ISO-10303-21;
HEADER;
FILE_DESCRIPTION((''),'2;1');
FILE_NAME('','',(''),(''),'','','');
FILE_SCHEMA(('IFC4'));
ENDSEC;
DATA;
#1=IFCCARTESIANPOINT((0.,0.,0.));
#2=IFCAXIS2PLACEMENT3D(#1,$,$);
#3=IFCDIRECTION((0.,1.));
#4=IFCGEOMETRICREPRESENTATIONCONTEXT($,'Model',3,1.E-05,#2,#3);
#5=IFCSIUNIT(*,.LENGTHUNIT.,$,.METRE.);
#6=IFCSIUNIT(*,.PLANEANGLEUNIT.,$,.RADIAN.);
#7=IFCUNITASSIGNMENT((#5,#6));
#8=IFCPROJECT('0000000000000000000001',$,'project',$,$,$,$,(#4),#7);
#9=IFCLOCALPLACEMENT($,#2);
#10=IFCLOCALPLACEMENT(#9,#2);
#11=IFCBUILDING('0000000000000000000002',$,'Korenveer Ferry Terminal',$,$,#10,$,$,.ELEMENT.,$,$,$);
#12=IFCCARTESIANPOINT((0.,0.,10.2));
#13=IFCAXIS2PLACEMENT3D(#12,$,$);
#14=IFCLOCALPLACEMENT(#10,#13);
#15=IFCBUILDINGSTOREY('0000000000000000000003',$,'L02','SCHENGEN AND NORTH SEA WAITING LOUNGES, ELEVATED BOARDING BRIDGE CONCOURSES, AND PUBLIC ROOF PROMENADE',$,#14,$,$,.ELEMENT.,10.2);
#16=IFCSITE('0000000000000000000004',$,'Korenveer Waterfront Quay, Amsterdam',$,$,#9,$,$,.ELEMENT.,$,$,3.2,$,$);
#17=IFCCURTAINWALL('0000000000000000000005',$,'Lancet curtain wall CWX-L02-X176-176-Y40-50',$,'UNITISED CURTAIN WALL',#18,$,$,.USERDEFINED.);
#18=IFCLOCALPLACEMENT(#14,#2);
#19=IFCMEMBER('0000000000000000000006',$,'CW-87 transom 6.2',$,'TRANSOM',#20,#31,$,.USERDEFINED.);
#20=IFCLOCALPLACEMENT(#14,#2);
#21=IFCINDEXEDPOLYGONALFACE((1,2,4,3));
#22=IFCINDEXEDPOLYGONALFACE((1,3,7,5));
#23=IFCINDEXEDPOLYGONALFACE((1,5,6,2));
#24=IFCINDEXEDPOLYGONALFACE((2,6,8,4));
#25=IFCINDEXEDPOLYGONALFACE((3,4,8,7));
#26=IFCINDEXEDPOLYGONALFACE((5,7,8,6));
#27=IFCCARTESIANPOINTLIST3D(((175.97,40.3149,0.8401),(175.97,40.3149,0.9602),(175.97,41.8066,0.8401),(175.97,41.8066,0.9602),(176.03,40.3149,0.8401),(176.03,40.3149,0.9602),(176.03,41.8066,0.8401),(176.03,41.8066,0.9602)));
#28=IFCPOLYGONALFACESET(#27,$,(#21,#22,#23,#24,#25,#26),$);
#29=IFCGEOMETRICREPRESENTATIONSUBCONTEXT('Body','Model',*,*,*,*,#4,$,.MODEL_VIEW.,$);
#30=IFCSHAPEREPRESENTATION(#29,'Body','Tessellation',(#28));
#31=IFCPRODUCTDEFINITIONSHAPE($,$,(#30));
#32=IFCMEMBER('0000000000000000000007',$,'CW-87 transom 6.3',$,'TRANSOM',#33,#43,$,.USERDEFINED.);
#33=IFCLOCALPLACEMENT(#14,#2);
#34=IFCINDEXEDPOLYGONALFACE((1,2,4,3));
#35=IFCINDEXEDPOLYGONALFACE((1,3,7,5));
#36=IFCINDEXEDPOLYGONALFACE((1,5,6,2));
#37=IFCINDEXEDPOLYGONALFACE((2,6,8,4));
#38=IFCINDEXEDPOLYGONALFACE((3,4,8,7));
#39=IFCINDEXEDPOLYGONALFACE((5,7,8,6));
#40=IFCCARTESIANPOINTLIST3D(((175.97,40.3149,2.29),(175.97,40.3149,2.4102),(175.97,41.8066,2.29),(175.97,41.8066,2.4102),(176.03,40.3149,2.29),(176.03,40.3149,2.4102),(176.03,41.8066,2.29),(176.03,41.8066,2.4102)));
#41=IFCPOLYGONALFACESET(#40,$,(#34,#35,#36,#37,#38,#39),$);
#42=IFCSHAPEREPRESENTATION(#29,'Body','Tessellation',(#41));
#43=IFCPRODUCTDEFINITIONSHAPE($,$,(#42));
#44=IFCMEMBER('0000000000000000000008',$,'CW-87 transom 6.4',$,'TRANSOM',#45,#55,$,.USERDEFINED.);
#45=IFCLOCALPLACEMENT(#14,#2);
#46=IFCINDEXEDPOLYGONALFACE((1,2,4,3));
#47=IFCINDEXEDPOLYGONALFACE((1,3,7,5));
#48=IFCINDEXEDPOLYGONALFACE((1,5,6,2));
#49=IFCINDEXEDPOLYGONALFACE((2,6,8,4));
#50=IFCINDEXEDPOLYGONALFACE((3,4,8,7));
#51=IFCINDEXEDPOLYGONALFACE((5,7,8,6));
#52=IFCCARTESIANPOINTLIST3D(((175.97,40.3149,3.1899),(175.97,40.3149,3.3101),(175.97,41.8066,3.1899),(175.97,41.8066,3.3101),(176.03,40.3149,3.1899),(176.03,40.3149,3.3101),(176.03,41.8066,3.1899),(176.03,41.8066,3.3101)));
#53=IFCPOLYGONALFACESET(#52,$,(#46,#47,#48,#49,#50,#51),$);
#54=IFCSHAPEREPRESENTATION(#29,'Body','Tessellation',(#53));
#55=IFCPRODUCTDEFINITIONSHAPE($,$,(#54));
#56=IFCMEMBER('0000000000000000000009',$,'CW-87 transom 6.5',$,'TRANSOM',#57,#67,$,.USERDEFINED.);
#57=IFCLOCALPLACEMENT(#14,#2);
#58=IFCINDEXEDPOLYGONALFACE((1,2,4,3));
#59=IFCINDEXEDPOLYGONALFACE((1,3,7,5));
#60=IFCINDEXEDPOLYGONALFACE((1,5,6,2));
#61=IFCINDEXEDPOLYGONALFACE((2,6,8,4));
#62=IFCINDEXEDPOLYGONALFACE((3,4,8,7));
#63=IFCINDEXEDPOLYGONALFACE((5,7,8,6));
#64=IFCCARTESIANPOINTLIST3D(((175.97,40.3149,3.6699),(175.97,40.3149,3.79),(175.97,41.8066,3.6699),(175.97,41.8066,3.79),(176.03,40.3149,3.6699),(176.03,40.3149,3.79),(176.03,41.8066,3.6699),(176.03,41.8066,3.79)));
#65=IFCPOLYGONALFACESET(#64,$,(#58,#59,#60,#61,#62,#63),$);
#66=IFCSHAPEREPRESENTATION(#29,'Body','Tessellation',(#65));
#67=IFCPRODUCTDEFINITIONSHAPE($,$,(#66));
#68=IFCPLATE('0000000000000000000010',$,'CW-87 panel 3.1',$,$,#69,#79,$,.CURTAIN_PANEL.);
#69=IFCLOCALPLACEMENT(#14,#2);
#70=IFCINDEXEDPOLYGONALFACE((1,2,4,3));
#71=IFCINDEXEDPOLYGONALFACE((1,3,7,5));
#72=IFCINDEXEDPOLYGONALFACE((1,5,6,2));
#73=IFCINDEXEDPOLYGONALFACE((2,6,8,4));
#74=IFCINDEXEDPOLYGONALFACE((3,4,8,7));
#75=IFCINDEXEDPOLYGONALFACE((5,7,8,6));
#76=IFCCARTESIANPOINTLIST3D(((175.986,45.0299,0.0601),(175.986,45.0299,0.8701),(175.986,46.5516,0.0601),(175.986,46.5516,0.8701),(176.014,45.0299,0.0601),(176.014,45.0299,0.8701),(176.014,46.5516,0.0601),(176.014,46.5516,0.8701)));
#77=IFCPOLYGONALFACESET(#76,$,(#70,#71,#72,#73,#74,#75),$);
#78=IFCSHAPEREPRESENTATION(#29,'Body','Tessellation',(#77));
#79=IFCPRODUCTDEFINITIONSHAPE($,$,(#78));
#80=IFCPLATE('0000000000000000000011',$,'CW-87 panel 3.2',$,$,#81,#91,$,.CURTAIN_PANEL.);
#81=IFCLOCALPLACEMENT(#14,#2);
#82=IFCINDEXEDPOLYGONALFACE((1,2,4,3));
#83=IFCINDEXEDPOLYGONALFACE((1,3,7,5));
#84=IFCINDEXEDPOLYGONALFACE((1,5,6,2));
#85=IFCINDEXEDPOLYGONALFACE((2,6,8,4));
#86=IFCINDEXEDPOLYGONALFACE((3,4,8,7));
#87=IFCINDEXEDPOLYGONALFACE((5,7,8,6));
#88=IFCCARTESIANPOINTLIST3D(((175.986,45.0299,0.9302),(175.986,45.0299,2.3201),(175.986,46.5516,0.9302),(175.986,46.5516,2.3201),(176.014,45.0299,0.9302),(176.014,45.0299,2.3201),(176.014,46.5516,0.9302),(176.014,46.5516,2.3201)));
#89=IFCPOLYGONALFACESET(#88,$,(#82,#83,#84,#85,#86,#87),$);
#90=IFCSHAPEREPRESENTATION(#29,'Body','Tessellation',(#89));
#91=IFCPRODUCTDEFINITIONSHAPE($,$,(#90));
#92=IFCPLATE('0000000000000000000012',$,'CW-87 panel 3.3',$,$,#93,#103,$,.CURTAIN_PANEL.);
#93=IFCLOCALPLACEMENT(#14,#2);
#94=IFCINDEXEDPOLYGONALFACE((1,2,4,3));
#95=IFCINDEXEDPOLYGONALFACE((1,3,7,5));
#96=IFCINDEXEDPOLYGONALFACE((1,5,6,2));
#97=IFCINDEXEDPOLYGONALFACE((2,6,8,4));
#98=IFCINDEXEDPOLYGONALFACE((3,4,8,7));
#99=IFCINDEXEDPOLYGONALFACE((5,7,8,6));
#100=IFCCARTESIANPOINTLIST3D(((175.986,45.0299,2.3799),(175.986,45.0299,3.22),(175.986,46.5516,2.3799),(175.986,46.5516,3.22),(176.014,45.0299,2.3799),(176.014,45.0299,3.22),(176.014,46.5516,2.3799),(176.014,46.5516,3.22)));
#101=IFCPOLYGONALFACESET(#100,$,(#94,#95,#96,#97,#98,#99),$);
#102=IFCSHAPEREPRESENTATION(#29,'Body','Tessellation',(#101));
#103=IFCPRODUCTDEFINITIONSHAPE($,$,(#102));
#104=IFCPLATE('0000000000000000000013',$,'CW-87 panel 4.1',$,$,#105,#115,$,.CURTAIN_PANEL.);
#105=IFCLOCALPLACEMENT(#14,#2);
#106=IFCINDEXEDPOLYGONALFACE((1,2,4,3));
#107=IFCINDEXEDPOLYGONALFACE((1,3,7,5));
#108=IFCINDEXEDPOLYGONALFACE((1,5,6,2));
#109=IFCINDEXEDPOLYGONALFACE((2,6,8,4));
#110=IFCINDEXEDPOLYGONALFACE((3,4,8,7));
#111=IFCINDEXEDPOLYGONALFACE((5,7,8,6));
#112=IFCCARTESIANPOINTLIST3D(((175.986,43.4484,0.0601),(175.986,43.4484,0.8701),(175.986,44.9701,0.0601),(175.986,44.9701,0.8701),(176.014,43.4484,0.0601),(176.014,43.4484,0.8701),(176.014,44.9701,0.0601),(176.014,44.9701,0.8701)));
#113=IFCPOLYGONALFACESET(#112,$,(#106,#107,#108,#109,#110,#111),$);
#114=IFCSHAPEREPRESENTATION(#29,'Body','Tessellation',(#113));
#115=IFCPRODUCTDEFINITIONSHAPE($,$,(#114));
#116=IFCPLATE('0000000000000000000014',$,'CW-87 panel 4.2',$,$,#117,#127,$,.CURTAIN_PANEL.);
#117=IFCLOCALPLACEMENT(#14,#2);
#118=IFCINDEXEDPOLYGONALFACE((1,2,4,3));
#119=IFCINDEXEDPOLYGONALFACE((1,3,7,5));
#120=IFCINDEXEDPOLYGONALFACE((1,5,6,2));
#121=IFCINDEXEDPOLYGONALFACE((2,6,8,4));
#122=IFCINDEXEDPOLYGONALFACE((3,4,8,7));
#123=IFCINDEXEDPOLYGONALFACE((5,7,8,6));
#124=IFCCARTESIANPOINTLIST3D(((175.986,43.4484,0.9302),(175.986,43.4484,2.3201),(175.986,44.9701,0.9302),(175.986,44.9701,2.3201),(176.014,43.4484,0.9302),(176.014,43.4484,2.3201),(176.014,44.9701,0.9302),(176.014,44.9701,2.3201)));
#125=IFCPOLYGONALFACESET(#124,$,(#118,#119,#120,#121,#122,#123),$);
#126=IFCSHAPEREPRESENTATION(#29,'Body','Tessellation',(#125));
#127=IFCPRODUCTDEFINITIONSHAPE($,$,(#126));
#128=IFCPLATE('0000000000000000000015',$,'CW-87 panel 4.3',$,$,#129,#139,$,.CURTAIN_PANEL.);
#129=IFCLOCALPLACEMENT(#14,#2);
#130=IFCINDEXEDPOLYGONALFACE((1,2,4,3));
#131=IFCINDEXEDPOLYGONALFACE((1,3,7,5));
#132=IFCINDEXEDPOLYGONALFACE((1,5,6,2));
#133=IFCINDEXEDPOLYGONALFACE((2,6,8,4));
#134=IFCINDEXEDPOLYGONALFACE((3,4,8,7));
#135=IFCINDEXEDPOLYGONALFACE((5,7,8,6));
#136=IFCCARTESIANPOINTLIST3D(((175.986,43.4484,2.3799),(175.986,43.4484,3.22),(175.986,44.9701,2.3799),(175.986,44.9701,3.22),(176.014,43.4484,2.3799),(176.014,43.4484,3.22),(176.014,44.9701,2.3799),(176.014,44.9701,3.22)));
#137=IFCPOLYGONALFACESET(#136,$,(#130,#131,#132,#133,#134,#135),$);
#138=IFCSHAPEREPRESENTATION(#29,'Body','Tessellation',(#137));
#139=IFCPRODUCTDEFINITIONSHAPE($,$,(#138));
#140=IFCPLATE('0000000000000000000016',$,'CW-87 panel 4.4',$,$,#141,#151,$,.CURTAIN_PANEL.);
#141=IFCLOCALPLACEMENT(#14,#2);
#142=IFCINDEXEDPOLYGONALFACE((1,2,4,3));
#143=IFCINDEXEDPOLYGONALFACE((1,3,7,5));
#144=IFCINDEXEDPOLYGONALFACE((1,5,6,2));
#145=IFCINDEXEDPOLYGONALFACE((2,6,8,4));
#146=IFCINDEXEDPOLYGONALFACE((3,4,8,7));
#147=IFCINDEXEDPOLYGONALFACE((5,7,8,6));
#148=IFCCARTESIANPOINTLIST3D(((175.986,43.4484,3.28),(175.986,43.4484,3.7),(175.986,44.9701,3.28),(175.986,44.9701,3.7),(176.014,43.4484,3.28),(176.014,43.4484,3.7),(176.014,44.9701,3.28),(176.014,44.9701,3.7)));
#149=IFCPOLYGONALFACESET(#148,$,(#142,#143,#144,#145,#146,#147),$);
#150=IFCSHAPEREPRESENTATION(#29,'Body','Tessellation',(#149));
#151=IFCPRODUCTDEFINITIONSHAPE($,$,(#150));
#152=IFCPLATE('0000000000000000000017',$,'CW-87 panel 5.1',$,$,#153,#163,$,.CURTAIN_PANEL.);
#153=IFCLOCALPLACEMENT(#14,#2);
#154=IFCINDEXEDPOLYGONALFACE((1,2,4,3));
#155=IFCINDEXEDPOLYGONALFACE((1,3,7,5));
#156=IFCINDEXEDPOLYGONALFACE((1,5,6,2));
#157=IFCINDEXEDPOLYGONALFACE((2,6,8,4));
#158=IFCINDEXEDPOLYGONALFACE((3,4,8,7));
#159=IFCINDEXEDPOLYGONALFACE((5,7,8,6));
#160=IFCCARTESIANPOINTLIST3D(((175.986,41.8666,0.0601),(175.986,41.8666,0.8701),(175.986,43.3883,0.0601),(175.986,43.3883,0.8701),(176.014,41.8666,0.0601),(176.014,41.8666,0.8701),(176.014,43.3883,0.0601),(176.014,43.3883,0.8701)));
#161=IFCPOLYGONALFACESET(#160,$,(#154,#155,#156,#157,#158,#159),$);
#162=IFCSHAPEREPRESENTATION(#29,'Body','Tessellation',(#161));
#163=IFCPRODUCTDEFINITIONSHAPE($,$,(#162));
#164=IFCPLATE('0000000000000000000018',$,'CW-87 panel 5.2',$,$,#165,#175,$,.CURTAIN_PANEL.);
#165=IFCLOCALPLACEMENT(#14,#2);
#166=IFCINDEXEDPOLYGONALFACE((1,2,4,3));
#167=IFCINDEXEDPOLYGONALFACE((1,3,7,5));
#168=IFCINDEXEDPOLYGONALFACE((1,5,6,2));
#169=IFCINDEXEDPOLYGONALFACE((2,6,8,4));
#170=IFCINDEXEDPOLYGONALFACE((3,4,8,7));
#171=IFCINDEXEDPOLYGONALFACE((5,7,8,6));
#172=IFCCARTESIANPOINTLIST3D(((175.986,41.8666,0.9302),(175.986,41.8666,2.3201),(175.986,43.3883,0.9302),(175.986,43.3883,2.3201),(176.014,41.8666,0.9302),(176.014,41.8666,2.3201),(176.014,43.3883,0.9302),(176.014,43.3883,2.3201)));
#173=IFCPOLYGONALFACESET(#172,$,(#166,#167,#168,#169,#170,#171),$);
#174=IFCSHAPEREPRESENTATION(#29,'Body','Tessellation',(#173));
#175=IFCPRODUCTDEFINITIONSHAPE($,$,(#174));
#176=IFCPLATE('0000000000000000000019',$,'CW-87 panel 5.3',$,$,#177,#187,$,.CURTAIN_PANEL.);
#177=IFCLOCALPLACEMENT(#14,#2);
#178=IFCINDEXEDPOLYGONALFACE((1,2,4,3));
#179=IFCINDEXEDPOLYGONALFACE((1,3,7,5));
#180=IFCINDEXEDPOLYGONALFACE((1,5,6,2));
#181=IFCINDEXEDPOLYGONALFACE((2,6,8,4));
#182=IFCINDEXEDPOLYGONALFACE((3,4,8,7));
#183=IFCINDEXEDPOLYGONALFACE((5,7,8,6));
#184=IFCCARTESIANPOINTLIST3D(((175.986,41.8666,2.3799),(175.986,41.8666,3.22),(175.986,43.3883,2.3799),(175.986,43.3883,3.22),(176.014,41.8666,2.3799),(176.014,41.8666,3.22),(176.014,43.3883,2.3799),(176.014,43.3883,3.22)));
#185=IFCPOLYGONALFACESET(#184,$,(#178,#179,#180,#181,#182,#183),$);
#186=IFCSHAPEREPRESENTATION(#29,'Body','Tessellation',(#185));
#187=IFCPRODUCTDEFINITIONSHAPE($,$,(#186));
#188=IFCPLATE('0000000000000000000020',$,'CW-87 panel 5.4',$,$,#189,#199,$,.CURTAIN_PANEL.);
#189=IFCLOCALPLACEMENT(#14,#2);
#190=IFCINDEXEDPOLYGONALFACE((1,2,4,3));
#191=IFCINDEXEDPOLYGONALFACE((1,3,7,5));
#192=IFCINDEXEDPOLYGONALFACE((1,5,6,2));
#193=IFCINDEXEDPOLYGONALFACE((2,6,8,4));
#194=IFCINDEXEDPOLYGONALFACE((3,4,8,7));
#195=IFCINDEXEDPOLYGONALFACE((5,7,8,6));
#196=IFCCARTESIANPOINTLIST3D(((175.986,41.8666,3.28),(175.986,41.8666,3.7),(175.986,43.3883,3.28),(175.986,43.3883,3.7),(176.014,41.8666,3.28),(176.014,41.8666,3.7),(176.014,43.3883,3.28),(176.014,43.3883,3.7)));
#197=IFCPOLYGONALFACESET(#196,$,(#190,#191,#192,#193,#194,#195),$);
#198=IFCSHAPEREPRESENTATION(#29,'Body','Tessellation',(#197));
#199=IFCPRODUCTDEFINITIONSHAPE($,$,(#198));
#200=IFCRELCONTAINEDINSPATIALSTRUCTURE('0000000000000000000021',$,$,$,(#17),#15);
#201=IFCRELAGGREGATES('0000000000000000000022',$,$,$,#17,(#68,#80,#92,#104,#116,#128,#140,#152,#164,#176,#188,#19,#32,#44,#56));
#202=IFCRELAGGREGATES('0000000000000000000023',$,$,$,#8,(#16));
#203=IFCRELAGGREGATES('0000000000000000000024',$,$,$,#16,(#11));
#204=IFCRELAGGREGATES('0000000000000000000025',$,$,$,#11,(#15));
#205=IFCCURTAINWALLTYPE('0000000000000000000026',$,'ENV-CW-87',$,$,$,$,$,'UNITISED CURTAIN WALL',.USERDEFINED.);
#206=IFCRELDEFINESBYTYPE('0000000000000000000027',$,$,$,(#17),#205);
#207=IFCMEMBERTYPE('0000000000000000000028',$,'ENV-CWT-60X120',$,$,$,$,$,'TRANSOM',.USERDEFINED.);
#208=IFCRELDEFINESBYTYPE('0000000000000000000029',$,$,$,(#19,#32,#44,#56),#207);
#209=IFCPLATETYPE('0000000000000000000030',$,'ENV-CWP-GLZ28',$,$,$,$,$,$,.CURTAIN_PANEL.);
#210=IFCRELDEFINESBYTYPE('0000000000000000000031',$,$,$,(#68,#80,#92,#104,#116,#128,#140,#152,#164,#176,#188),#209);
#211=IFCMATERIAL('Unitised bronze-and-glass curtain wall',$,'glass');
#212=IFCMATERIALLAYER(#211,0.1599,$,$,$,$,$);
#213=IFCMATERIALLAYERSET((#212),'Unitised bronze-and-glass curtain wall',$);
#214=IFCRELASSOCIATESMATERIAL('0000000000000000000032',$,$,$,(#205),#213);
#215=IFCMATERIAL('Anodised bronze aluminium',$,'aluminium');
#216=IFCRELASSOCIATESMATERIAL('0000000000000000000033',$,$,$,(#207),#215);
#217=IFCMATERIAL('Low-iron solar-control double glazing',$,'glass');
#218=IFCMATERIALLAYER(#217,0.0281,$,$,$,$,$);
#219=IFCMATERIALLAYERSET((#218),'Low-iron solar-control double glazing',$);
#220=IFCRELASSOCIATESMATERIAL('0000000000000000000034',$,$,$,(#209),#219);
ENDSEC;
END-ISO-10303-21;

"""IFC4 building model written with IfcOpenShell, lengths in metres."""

from ifc_helpers import new_model, si_unit, direction, frame, origin, origin_2d, place, context, subcontext, project, spatial, rectangle, extrude, material, layer, layer_set, material_profile, profile_set, type_object, element, aggregate, save


model = new_model("IFC4")

# Units and contexts
model_context = context("Model", 3, precision=1e-05, world=origin(), true_north=direction((0.0, 1.0)))
body_context = subcontext(model_context, "Body", "Model", "MODEL_VIEW")
ifc_project = project(units=[si_unit("LENGTHUNIT", "METRE"), si_unit("PLANEANGLEUNIT", "RADIAN")], contexts=[model_context])

# Site, building, storey
site_placement = place(None, origin())
site = spatial("IfcSite", under=ifc_project, at=site_placement, Name="Korenveer Waterfront Quay, Amsterdam", CompositionType="ELEMENT", RefElevation=3.2)
building_placement = place(site_placement, origin())
building = spatial("IfcBuilding", under=site, at=building_placement, Name="Korenveer Ferry Terminal", CompositionType="ELEMENT")
storey_placement = place(building_placement, frame((0.0, 0.0, 10.2)))
storey = spatial("IfcBuildingStorey", under=building, at=storey_placement, Name="L02", Description="SCHENGEN AND NORTH SEA WAITING LOUNGES, ELEVATED BOARDING BRIDGE CONCOURSES, AND PUBLIC ROOF PROMENADE", CompositionType="ELEMENT", Elevation=10.2)

# Curtain wall, members, plates
ifc_material_1 = material(Name="Unitised bronze-and-glass curtain wall", Category="glass")
ifc_layer_1 = layer(ifc_material_1, 0.1599)
ifc_layer_set_1 = layer_set([ifc_layer_1], Name="Unitised bronze-and-glass curtain wall")
curtain_wall_type = type_object("IfcCurtainWallType", Name="ENV-CW-87", ElementType="UNITISED CURTAIN WALL", PredefinedType="USERDEFINED", material=ifc_layer_set_1)
curtain_wall_placement = place(storey_placement, frame((176.0, 49.7451, 0.0)))
curtain_wall = element("IfcCurtainWall", 1, at=curtain_wall_placement, inside=storey, type_object=curtain_wall_type, Name="Lancet curtain wall CWX-L02-X176-176-Y40-50", ObjectType="UNITISED CURTAIN WALL", PredefinedType="USERDEFINED")
ifc_material_2 = material(Name="Anodised bronze aluminium", Category="aluminium")
ifc_material_profile_1 = material_profile(ifc_material_2, rectangle(XDim=0.0601, YDim=0.1201, at=origin_2d()), Name="ALU 60x120")
ifc_profile_set_1 = profile_set([ifc_material_profile_1], Name="Anodised bronze aluminium")
member_type_1 = type_object("IfcMemberType", Name="ENV-CWT-60X120", ElementType="TRANSOM", PredefinedType="USERDEFINED", material=ifc_profile_set_1)
member_1_placement = place(storey_placement, frame((176.0, 41.8066, 0.9001), z_axis=(0.0, -1.0, 0.0), x_axis=(1.0, 0.0, 0.0)))
member_1 = element("IfcMember", 2, at=member_1_placement, type_object=member_type_1, Name="CW-87 transom 6.2", ObjectType="TRANSOM", PredefinedType="USERDEFINED", context=body_context, shape_type="SweptSolid", body=[
    extrude(rectangle(XDim=0.0601, YDim=0.1201, at=origin_2d()), origin(), (0.0, 0.0, 1.0), 1.4917),
])
member_2_placement = place(storey_placement, frame((176.0, 41.8066, 2.3501), z_axis=(0.0, -1.0, 0.0), x_axis=(1.0, 0.0, 0.0)))
member_2 = element("IfcMember", 3, at=member_2_placement, type_object=member_type_1, Name="CW-87 transom 6.3", ObjectType="TRANSOM", PredefinedType="USERDEFINED", context=body_context, shape_type="SweptSolid", body=[
    extrude(rectangle(XDim=0.0601, YDim=0.1201, at=origin_2d()), origin(), (0.0, 0.0, 1.0), 1.4917),
])
member_3_placement = place(storey_placement, frame((176.0, 41.8066, 3.25), z_axis=(0.0, -1.0, 0.0), x_axis=(1.0, 0.0, 0.0)))
member_3 = element("IfcMember", 4, at=member_3_placement, type_object=member_type_1, Name="CW-87 transom 6.4", ObjectType="TRANSOM", PredefinedType="USERDEFINED", context=body_context, shape_type="SweptSolid", body=[
    extrude(rectangle(XDim=0.0601, YDim=0.1201, at=origin_2d()), origin(), (0.0, 0.0, 1.0), 1.4917),
])
member_4_placement = place(storey_placement, frame((176.0, 41.8066, 3.73), z_axis=(0.0, -1.0, 0.0), x_axis=(1.0, 0.0, 0.0)))
member_4 = element("IfcMember", 5, at=member_4_placement, type_object=member_type_1, Name="CW-87 transom 6.5", ObjectType="TRANSOM", PredefinedType="USERDEFINED", context=body_context, shape_type="SweptSolid", body=[
    extrude(rectangle(XDim=0.0601, YDim=0.1201, at=origin_2d()), origin(), (0.0, 0.0, 1.0), 1.4917),
])
ifc_material_3 = material(Name="Low-iron solar-control double glazing", Category="glass")
ifc_layer_2 = layer(ifc_material_3, 0.0281)
ifc_layer_set_2 = layer_set([ifc_layer_2], Name="Low-iron solar-control double glazing")
plate_type_1 = type_object("IfcPlateType", Name="ENV-CWP-GLZ28", PredefinedType="CURTAIN_PANEL", material=ifc_layer_set_2)
plate_1_placement = place(storey_placement, frame((176.0, 45.7908, 0.0601), z_axis=(0.0, 0.0, 1.0), x_axis=(0.0, -1.0, 0.0)))
plate_1 = element("IfcPlate", 6, at=plate_1_placement, type_object=plate_type_1, Name="CW-87 panel 3.1", PredefinedType="CURTAIN_PANEL", context=body_context, shape_type="SweptSolid", body=[
    extrude(rectangle(XDim=1.5217, YDim=0.0281, at=origin_2d()), origin(), (0.0, 0.0, 1.0), 0.8101),
])
plate_2_placement = place(storey_placement, frame((176.0, 45.7908, 0.9302), z_axis=(0.0, 0.0, 1.0), x_axis=(0.0, -1.0, 0.0)))
plate_2 = element("IfcPlate", 7, at=plate_2_placement, type_object=plate_type_1, Name="CW-87 panel 3.2", PredefinedType="CURTAIN_PANEL", context=body_context, shape_type="SweptSolid", body=[
    extrude(rectangle(XDim=1.5217, YDim=0.0281, at=origin_2d()), origin(), (0.0, 0.0, 1.0), 1.3899),
])
plate_3_placement = place(storey_placement, frame((176.0, 45.7908, 2.3799), z_axis=(0.0, 0.0, 1.0), x_axis=(0.0, -1.0, 0.0)))
plate_3 = element("IfcPlate", 8, at=plate_3_placement, type_object=plate_type_1, Name="CW-87 panel 3.3", PredefinedType="CURTAIN_PANEL", context=body_context, shape_type="SweptSolid", body=[
    extrude(rectangle(XDim=1.5217, YDim=0.0281, at=origin_2d()), origin(), (0.0, 0.0, 1.0), 0.8401),
])
plate_4_placement = place(storey_placement, frame((176.0, 44.2092, 0.0601), z_axis=(0.0, 0.0, 1.0), x_axis=(0.0, -1.0, 0.0)))
plate_4 = element("IfcPlate", 9, at=plate_4_placement, type_object=plate_type_1, Name="CW-87 panel 4.1", PredefinedType="CURTAIN_PANEL", context=body_context, shape_type="SweptSolid", body=[
    extrude(rectangle(XDim=1.5217, YDim=0.0281, at=origin_2d()), origin(), (0.0, 0.0, 1.0), 0.8101),
])
plate_5_placement = place(storey_placement, frame((176.0, 44.2092, 0.9302), z_axis=(0.0, 0.0, 1.0), x_axis=(0.0, -1.0, 0.0)))
plate_5 = element("IfcPlate", 10, at=plate_5_placement, type_object=plate_type_1, Name="CW-87 panel 4.2", PredefinedType="CURTAIN_PANEL", context=body_context, shape_type="SweptSolid", body=[
    extrude(rectangle(XDim=1.5217, YDim=0.0281, at=origin_2d()), origin(), (0.0, 0.0, 1.0), 1.3899),
])
plate_6_placement = place(storey_placement, frame((176.0, 44.2092, 2.3799), z_axis=(0.0, 0.0, 1.0), x_axis=(0.0, -1.0, 0.0)))
plate_6 = element("IfcPlate", 11, at=plate_6_placement, type_object=plate_type_1, Name="CW-87 panel 4.3", PredefinedType="CURTAIN_PANEL", context=body_context, shape_type="SweptSolid", body=[
    extrude(rectangle(XDim=1.5217, YDim=0.0281, at=origin_2d()), origin(), (0.0, 0.0, 1.0), 0.8401),
])
plate_7_placement = place(storey_placement, frame((176.0, 44.2092, 3.28), z_axis=(0.0, 0.0, 1.0), x_axis=(0.0, -1.0, 0.0)))
plate_7 = element("IfcPlate", 12, at=plate_7_placement, type_object=plate_type_1, Name="CW-87 panel 4.4", PredefinedType="CURTAIN_PANEL", context=body_context, shape_type="SweptSolid", body=[
    extrude(rectangle(XDim=1.5217, YDim=0.0281, at=origin_2d()), origin(), (0.0, 0.0, 1.0), 0.4199),
])
plate_8_placement = place(storey_placement, frame((176.0, 42.6274, 0.0601), z_axis=(0.0, 0.0, 1.0), x_axis=(0.0, -1.0, 0.0)))
plate_8 = element("IfcPlate", 13, at=plate_8_placement, type_object=plate_type_1, Name="CW-87 panel 5.1", PredefinedType="CURTAIN_PANEL", context=body_context, shape_type="SweptSolid", body=[
    extrude(rectangle(XDim=1.5217, YDim=0.0281, at=origin_2d()), origin(), (0.0, 0.0, 1.0), 0.8101),
])
plate_9_placement = place(storey_placement, frame((176.0, 42.6274, 0.9302), z_axis=(0.0, 0.0, 1.0), x_axis=(0.0, -1.0, 0.0)))
plate_9 = element("IfcPlate", 14, at=plate_9_placement, type_object=plate_type_1, Name="CW-87 panel 5.2", PredefinedType="CURTAIN_PANEL", context=body_context, shape_type="SweptSolid", body=[
    extrude(rectangle(XDim=1.5217, YDim=0.0281, at=origin_2d()), origin(), (0.0, 0.0, 1.0), 1.3899),
])
plate_10_placement = place(storey_placement, frame((176.0, 42.6274, 2.3799), z_axis=(0.0, 0.0, 1.0), x_axis=(0.0, -1.0, 0.0)))
plate_10 = element("IfcPlate", 15, at=plate_10_placement, type_object=plate_type_1, Name="CW-87 panel 5.3", PredefinedType="CURTAIN_PANEL", context=body_context, shape_type="SweptSolid", body=[
    extrude(rectangle(XDim=1.5217, YDim=0.0281, at=origin_2d()), origin(), (0.0, 0.0, 1.0), 0.8401),
])
plate_11_placement = place(storey_placement, frame((176.0, 42.6274, 3.28), z_axis=(0.0, 0.0, 1.0), x_axis=(0.0, -1.0, 0.0)))
plate_11 = element("IfcPlate", 16, at=plate_11_placement, type_object=plate_type_1, Name="CW-87 panel 5.4", PredefinedType="CURTAIN_PANEL", context=body_context, shape_type="SweptSolid", body=[
    extrude(rectangle(XDim=1.5217, YDim=0.0281, at=origin_2d()), origin(), (0.0, 0.0, 1.0), 0.4199),
])
aggregate(curtain_wall, [plate_1, plate_2, plate_3, plate_4, plate_5, plate_6, plate_7, plate_8, plate_9, plate_10, plate_11, member_1, member_2, member_3, member_4])

save(model, "model.ifc")
